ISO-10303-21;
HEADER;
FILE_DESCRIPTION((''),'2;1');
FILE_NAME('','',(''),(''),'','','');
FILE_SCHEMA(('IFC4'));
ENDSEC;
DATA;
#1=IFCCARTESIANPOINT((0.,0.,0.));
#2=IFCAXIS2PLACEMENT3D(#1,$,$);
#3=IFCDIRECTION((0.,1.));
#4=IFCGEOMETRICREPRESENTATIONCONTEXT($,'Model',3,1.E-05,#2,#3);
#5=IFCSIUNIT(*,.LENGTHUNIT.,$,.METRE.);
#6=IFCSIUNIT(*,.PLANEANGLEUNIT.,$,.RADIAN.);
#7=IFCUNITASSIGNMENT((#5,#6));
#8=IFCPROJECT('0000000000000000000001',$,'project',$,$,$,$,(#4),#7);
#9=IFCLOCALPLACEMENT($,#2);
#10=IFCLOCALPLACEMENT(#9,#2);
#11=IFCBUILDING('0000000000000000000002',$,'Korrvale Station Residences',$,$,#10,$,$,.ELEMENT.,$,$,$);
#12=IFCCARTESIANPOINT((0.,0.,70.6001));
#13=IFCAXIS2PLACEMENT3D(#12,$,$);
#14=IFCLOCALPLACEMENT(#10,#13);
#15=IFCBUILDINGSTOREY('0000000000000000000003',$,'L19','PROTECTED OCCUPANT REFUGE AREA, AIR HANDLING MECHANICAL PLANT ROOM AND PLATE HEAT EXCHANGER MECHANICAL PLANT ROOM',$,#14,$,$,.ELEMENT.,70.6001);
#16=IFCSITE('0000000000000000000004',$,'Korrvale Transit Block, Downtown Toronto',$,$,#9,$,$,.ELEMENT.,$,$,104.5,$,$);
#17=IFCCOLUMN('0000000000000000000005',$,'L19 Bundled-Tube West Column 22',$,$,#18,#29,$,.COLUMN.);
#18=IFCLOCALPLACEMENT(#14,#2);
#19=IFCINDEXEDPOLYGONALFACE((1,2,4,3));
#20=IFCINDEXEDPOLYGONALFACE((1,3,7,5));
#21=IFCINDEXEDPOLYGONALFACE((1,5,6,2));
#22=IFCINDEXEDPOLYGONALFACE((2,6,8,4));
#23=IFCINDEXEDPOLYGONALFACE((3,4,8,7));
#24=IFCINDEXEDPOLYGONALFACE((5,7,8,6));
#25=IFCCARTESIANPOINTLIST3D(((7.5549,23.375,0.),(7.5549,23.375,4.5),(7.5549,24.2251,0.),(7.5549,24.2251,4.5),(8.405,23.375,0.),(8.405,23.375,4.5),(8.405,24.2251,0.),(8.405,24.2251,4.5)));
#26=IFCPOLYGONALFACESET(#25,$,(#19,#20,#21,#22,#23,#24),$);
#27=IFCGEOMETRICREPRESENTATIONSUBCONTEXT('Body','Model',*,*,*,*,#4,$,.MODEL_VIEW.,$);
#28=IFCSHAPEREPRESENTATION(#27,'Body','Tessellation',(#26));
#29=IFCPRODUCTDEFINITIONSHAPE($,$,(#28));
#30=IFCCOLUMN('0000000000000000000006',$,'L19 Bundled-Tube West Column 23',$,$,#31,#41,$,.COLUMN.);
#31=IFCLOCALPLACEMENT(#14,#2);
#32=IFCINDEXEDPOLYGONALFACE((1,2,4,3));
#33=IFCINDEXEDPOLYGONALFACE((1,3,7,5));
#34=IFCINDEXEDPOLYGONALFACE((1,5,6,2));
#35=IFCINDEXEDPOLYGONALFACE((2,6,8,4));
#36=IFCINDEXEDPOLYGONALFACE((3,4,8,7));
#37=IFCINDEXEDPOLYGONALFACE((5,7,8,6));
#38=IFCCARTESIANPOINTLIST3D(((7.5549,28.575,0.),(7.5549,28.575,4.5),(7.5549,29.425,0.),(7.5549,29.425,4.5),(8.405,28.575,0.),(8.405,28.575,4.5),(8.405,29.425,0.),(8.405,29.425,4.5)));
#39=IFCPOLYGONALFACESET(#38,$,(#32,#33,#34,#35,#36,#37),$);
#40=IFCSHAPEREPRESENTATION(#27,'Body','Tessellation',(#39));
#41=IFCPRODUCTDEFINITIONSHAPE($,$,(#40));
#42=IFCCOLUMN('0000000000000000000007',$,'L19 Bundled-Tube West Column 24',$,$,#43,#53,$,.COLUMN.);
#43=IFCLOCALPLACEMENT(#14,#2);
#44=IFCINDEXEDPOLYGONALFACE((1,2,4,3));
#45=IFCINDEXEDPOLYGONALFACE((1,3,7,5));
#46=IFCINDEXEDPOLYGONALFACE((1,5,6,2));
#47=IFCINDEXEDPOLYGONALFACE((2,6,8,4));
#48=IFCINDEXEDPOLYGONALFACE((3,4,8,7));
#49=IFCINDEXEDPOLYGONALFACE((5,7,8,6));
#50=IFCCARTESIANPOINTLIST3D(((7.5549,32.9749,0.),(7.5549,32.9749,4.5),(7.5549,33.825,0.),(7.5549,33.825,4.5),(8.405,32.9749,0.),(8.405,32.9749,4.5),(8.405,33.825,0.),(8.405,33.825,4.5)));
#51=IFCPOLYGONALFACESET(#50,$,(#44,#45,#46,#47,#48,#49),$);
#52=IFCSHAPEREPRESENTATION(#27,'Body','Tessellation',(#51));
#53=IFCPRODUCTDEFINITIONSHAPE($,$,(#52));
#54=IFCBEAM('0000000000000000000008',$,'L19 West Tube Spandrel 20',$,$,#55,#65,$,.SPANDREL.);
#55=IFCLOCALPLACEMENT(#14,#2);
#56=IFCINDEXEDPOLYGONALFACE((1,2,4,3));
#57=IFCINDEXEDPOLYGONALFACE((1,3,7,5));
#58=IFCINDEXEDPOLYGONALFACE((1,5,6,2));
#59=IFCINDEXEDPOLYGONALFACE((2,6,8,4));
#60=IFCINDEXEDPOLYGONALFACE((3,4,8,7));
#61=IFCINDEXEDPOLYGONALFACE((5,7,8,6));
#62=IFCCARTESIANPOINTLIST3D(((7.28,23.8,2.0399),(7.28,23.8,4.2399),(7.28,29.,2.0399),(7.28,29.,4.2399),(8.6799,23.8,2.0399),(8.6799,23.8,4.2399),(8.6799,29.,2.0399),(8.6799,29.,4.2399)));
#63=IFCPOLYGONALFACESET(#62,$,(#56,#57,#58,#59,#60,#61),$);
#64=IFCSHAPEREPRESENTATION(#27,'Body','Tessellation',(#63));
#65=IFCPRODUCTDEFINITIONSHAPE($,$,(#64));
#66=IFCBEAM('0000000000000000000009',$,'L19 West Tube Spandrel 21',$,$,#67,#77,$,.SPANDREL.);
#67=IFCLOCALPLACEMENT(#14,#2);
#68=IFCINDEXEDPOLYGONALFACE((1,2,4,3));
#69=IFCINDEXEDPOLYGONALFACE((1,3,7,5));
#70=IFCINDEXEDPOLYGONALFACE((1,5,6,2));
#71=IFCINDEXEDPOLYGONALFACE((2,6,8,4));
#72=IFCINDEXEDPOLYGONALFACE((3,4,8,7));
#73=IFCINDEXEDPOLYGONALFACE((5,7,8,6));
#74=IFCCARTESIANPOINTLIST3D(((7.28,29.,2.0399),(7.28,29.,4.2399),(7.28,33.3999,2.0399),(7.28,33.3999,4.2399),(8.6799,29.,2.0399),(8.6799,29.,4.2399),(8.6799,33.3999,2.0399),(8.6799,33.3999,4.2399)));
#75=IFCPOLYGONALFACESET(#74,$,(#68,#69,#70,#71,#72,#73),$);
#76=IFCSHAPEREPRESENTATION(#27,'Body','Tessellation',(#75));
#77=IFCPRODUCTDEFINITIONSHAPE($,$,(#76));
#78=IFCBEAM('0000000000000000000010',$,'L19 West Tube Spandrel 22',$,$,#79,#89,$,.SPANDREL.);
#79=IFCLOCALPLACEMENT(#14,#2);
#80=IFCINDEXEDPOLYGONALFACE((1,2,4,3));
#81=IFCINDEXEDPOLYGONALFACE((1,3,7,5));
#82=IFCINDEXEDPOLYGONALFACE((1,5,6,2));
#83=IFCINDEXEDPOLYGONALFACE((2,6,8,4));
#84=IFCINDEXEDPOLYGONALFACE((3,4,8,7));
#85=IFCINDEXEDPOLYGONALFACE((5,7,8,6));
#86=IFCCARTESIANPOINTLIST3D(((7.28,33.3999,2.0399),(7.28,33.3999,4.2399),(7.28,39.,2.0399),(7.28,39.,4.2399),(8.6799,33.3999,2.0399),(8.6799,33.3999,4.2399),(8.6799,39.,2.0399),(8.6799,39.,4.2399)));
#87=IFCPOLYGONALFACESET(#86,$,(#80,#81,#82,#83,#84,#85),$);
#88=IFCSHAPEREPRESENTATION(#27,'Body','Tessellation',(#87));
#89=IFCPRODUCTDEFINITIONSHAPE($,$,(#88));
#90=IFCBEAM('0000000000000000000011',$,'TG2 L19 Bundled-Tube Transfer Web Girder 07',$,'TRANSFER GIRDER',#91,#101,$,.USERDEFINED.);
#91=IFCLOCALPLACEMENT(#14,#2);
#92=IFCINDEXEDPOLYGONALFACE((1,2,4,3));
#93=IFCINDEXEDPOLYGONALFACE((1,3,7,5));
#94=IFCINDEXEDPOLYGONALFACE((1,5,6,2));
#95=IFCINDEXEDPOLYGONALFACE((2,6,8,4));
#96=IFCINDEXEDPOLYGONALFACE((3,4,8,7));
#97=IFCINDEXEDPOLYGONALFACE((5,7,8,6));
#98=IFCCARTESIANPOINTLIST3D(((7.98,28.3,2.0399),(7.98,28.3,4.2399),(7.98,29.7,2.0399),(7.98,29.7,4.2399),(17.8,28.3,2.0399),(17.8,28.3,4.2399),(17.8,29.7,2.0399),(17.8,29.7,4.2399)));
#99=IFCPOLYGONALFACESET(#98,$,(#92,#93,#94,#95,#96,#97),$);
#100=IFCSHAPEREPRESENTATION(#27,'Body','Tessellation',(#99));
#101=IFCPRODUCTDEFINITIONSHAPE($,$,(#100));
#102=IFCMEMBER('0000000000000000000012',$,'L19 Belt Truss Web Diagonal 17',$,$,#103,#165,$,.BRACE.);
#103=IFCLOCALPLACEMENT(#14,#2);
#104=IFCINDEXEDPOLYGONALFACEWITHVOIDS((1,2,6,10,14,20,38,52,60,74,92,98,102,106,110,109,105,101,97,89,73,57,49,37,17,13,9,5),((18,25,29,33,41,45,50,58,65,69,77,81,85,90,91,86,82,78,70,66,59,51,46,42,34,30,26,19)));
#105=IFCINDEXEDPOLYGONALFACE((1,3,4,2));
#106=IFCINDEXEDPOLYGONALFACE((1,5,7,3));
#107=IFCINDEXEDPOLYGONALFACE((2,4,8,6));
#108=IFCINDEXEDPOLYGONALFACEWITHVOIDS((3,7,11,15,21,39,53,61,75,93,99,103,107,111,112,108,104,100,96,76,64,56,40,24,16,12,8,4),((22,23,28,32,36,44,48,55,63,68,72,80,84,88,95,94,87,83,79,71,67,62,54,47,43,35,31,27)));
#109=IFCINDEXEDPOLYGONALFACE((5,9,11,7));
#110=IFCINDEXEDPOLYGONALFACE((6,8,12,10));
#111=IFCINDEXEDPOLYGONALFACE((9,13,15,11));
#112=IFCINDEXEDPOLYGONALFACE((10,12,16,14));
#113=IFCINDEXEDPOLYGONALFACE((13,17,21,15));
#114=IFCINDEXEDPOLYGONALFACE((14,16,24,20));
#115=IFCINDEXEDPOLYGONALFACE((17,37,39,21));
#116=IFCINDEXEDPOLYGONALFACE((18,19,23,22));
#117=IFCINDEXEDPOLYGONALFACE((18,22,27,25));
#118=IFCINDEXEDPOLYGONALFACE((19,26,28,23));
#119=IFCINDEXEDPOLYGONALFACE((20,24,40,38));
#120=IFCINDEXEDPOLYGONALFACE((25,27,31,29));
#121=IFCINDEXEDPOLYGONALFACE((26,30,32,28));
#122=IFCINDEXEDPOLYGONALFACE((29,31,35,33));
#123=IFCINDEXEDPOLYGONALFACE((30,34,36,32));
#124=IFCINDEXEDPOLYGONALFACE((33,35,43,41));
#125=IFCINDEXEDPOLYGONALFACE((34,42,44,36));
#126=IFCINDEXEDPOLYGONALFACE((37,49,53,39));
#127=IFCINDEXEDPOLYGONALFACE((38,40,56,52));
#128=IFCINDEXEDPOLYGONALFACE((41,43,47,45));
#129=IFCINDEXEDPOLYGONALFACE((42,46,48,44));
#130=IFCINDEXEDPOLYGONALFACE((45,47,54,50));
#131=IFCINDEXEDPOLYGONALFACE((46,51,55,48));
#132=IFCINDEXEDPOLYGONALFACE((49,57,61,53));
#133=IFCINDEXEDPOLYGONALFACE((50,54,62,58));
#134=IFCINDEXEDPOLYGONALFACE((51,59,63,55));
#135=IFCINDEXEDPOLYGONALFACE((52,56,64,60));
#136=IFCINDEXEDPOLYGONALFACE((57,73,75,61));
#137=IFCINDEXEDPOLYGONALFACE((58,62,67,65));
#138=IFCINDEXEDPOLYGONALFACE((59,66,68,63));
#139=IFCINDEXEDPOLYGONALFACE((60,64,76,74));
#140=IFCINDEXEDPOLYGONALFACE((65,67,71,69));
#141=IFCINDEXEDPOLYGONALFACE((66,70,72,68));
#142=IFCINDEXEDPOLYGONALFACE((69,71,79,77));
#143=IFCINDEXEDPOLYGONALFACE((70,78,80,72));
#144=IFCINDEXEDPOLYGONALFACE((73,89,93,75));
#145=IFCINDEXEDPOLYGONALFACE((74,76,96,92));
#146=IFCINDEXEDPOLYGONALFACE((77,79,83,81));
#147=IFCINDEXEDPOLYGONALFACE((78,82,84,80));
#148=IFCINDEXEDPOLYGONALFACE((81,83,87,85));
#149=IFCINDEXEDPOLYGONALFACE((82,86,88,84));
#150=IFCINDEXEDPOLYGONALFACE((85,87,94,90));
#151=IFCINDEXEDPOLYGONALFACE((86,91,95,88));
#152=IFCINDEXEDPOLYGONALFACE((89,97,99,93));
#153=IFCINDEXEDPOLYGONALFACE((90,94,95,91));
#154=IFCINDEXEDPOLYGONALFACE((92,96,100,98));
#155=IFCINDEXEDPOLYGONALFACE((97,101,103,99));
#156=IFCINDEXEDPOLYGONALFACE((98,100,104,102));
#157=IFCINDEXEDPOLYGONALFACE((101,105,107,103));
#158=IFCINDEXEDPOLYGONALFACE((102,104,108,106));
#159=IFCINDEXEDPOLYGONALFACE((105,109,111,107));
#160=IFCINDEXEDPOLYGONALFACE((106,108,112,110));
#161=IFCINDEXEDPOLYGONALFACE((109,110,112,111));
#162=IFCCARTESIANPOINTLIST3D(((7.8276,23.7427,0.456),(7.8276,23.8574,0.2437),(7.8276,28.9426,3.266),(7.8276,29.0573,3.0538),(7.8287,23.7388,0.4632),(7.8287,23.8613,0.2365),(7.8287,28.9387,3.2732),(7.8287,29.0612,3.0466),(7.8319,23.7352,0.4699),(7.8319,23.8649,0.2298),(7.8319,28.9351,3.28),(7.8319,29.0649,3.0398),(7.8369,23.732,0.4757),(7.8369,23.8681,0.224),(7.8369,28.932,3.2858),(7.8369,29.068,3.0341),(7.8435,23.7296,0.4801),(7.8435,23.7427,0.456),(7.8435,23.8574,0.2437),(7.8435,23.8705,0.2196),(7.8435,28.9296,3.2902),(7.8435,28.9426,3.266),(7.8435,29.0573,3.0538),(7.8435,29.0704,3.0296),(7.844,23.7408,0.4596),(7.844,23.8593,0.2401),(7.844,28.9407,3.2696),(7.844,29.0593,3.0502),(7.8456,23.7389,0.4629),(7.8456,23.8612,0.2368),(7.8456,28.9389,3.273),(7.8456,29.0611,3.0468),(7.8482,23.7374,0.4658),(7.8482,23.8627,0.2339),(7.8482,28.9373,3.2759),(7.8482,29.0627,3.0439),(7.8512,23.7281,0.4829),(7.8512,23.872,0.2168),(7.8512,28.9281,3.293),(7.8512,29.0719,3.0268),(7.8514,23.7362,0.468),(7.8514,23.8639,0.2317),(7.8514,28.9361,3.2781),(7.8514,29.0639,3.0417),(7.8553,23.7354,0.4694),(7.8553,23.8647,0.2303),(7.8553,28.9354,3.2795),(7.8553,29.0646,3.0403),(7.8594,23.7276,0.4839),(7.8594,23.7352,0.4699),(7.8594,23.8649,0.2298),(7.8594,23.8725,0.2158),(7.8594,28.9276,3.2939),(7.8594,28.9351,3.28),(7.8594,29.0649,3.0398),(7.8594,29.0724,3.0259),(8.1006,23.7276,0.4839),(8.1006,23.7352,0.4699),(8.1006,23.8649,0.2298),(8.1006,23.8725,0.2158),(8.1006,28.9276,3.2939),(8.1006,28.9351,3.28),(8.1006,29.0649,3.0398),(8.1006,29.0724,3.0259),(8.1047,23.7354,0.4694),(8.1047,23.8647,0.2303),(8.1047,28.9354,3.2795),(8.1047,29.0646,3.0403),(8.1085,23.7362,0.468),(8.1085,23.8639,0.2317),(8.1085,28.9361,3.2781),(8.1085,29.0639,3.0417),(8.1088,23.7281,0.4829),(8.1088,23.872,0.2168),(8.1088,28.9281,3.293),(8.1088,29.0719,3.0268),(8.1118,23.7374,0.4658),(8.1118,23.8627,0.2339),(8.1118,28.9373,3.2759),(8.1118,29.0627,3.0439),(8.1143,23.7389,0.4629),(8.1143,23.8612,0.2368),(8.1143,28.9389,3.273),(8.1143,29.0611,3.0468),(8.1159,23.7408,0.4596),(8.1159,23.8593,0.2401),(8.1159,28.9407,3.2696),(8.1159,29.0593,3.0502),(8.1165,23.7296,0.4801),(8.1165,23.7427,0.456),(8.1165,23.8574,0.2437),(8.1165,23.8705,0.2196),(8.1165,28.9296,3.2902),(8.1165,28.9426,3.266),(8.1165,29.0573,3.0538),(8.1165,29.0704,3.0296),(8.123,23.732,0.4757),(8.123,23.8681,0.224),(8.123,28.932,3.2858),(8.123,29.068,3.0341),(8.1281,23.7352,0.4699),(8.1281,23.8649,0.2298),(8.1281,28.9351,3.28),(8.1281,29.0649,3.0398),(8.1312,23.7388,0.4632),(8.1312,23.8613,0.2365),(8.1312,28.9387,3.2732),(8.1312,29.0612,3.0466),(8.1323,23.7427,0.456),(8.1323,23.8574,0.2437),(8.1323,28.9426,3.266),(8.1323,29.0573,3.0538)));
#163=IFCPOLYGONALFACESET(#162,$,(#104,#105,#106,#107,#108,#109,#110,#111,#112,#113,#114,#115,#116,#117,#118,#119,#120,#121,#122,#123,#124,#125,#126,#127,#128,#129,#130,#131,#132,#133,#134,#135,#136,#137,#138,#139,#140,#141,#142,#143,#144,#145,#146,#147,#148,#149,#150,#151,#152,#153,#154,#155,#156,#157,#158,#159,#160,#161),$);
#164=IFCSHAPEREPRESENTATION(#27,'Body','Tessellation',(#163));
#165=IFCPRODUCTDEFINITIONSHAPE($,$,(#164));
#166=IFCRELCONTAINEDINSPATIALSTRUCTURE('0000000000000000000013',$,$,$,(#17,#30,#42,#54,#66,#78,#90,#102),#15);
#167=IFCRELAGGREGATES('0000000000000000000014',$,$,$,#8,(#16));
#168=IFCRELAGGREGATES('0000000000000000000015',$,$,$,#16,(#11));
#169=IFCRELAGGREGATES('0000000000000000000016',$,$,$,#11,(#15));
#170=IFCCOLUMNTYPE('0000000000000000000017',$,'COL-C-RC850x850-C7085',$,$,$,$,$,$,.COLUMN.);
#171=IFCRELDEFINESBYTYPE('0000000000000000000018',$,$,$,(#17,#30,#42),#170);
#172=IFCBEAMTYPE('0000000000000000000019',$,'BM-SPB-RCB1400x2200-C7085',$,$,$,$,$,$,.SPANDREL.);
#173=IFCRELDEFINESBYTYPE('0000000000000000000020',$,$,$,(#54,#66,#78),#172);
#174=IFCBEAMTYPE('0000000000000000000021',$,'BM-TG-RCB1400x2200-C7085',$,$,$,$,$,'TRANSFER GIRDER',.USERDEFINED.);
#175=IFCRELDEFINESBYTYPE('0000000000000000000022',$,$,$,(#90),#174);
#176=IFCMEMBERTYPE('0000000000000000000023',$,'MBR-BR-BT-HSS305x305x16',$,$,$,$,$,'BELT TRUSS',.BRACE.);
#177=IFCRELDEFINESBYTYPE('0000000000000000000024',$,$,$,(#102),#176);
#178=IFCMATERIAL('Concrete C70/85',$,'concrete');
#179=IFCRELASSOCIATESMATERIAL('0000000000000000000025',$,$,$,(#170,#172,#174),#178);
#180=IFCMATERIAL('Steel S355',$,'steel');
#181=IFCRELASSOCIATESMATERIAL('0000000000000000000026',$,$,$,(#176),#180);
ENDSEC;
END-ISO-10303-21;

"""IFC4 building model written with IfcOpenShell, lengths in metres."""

from ifc_helpers import new_model, si_unit, direction, frame, origin, origin_2d, place, context, subcontext, project, spatial, rectangle, hollow_rectangle, extrude, material, material_profile, profile_set, type_object, element, save


model = new_model("IFC4")

# Units and contexts
model_context = context("Model", 3, precision=1e-05, world=origin(), true_north=direction((0.0, 1.0)))
body_context = subcontext(model_context, "Body", "Model", "MODEL_VIEW")
ifc_project = project(units=[si_unit("LENGTHUNIT", "METRE"), si_unit("PLANEANGLEUNIT", "RADIAN")], contexts=[model_context])

# Site, building, storey
site_placement = place(None, origin())
site = spatial("IfcSite", under=ifc_project, at=site_placement, Name="Korrvale Transit Block, Downtown Toronto", CompositionType="ELEMENT", RefElevation=104.5)
building_placement = place(site_placement, origin())
building = spatial("IfcBuilding", under=site, at=building_placement, Name="Korrvale Station Residences", CompositionType="ELEMENT")
storey_placement = place(building_placement, frame((0.0, 0.0, 70.6001)))
storey = spatial("IfcBuildingStorey", under=building, at=storey_placement, Name="L19", Description="PROTECTED OCCUPANT REFUGE AREA, AIR HANDLING MECHANICAL PLANT ROOM AND PLATE HEAT EXCHANGER MECHANICAL PLANT ROOM", CompositionType="ELEMENT", Elevation=70.6001)

# Columns
ifc_material_1 = material(Name="Concrete C70/85", Category="concrete")
ifc_material_profile_1 = material_profile(ifc_material_1, rectangle(XDim=0.8501, YDim=0.8501, at=origin_2d()), Name="RC850x850")
ifc_profile_set_1 = profile_set([ifc_material_profile_1], Name="Concrete C70/85")
column_type = type_object("IfcColumnType", Name="COL-C-RC850x850-C7085", PredefinedType="COLUMN", material=ifc_profile_set_1)
for number, where, z_axis, x_axis, name in (
    (1, (7.98, 23.8, 0.0), (0.0, 0.0, 1.0), (1.0, 0.0, 0.0), "L19 Bundled-Tube West Column 22"),
    (2, (7.98, 29.0, 0.0), (0.0, 0.0, 1.0), (1.0, 0.0, 0.0), "L19 Bundled-Tube West Column 23"),
    (3, (7.98, 33.3999, 0.0), (0.0, 0.0, 1.0), (1.0, 0.0, 0.0), "L19 Bundled-Tube West Column 24"),
):
    element("IfcColumn", number, at=place(storey_placement, frame(where, z_axis=z_axis, x_axis=x_axis)), inside=storey, type_object=column_type, Name=name, PredefinedType="COLUMN", context=body_context, shape_type="SweptSolid", body=[
        extrude(rectangle(XDim=0.8501, YDim=0.8501, at=origin_2d()), origin(), (0.0, 0.0, 1.0), 4.5),
    ])

# Beams
ifc_material_profile_2 = material_profile(ifc_material_1, rectangle(XDim=1.3999, YDim=2.2, at=origin_2d()), Name="RCB1400x2200")
ifc_profile_set_2 = profile_set([ifc_material_profile_2], Name="Concrete C70/85")
beam_type_1 = type_object("IfcBeamType", Name="BM-SPB-RCB1400x2200-C7085", PredefinedType="SPANDREL", material=ifc_profile_set_2)
beam_1_placement = place(storey_placement, frame((7.98, 23.8, 3.1399), z_axis=(0.0, 1.0, 0.0), x_axis=(-1.0, 0.0, 0.0)))
element("IfcBeam", 4, at=beam_1_placement, inside=storey, type_object=beam_type_1, Name="L19 West Tube Spandrel 20", PredefinedType="SPANDREL", context=body_context, shape_type="SweptSolid", body=[
    extrude(rectangle(XDim=1.3999, YDim=2.2, at=origin_2d()), origin(), (0.0, 0.0, 1.0), 5.2),
])
beam_2_placement = place(storey_placement, frame((7.98, 29.0, 3.1399), z_axis=(0.0, 1.0, 0.0), x_axis=(-1.0, 0.0, 0.0)))
element("IfcBeam", 5, at=beam_2_placement, inside=storey, type_object=beam_type_1, Name="L19 West Tube Spandrel 21", PredefinedType="SPANDREL", context=body_context, shape_type="SweptSolid", body=[
    extrude(rectangle(XDim=1.3999, YDim=2.2, at=origin_2d()), origin(), (0.0, 0.0, 1.0), 4.3999),
])
beam_3_placement = place(storey_placement, frame((7.98, 33.3999, 3.1399), z_axis=(0.0, 1.0, 0.0), x_axis=(-1.0, 0.0, 0.0)))
element("IfcBeam", 6, at=beam_3_placement, inside=storey, type_object=beam_type_1, Name="L19 West Tube Spandrel 22", PredefinedType="SPANDREL", context=body_context, shape_type="SweptSolid", body=[
    extrude(rectangle(XDim=1.3999, YDim=2.2, at=origin_2d()), origin(), (0.0, 0.0, 1.0), 5.6001),
])
ifc_material_profile_3 = material_profile(ifc_material_1, rectangle(XDim=1.3999, YDim=2.2, at=origin_2d()), Name="RCB1400x2200")
ifc_profile_set_3 = profile_set([ifc_material_profile_3], Name="Concrete C70/85")
beam_type_2 = type_object("IfcBeamType", Name="BM-TG-RCB1400x2200-C7085", ElementType="TRANSFER GIRDER", PredefinedType="USERDEFINED", material=ifc_profile_set_3)
beam_4_placement = place(storey_placement, frame((7.98, 29.0, 3.1399), z_axis=(1.0, 0.0, 0.0), x_axis=(0.0, 1.0, 0.0)))
element("IfcBeam", 7, at=beam_4_placement, inside=storey, type_object=beam_type_2, Name="TG2 L19 Bundled-Tube Transfer Web Girder 07", ObjectType="TRANSFER GIRDER", PredefinedType="USERDEFINED", context=body_context, shape_type="SweptSolid", body=[
    extrude(rectangle(XDim=1.3999, YDim=2.2, at=origin_2d()), origin(), (0.0, 0.0, 1.0), 9.8201),
])

# Member
ifc_material_2 = material(Name="Steel S355", Category="steel")
ifc_material_profile_4 = material_profile(ifc_material_2, hollow_rectangle(XDim=0.3047, YDim=0.3047, WallThickness=0.0159, InnerFilletRadius=0.0159, OuterFilletRadius=0.0317, at=origin_2d()), Name="HSS305x305x16")
ifc_profile_set_4 = profile_set([ifc_material_profile_4], Name="Steel S355")
member_type_1 = type_object("IfcMemberType", Name="MBR-BR-BT-HSS305x305x16", ElementType="BELT TRUSS", PredefinedType="BRACE", material=ifc_profile_set_4)
member_1_placement = place(storey_placement, frame((7.98, 23.8, 0.3499), z_axis=(0.0, 0.879758, 0.475422), x_axis=(-1.0, 0.0, 0.0)))
element("IfcMember", 8, at=member_1_placement, inside=storey, type_object=member_type_1, Name="L19 Belt Truss Web Diagonal 17", PredefinedType="BRACE", context=body_context, shape_type="SweptSolid", body=[
    extrude(hollow_rectangle(XDim=0.3047, YDim=0.3047, WallThickness=0.0159, InnerFilletRadius=0.0159, OuterFilletRadius=0.0317, at=origin_2d()), origin(), (0.0, 0.0, 1.0), 5.9106),
])

save(model, "model.ifc")
